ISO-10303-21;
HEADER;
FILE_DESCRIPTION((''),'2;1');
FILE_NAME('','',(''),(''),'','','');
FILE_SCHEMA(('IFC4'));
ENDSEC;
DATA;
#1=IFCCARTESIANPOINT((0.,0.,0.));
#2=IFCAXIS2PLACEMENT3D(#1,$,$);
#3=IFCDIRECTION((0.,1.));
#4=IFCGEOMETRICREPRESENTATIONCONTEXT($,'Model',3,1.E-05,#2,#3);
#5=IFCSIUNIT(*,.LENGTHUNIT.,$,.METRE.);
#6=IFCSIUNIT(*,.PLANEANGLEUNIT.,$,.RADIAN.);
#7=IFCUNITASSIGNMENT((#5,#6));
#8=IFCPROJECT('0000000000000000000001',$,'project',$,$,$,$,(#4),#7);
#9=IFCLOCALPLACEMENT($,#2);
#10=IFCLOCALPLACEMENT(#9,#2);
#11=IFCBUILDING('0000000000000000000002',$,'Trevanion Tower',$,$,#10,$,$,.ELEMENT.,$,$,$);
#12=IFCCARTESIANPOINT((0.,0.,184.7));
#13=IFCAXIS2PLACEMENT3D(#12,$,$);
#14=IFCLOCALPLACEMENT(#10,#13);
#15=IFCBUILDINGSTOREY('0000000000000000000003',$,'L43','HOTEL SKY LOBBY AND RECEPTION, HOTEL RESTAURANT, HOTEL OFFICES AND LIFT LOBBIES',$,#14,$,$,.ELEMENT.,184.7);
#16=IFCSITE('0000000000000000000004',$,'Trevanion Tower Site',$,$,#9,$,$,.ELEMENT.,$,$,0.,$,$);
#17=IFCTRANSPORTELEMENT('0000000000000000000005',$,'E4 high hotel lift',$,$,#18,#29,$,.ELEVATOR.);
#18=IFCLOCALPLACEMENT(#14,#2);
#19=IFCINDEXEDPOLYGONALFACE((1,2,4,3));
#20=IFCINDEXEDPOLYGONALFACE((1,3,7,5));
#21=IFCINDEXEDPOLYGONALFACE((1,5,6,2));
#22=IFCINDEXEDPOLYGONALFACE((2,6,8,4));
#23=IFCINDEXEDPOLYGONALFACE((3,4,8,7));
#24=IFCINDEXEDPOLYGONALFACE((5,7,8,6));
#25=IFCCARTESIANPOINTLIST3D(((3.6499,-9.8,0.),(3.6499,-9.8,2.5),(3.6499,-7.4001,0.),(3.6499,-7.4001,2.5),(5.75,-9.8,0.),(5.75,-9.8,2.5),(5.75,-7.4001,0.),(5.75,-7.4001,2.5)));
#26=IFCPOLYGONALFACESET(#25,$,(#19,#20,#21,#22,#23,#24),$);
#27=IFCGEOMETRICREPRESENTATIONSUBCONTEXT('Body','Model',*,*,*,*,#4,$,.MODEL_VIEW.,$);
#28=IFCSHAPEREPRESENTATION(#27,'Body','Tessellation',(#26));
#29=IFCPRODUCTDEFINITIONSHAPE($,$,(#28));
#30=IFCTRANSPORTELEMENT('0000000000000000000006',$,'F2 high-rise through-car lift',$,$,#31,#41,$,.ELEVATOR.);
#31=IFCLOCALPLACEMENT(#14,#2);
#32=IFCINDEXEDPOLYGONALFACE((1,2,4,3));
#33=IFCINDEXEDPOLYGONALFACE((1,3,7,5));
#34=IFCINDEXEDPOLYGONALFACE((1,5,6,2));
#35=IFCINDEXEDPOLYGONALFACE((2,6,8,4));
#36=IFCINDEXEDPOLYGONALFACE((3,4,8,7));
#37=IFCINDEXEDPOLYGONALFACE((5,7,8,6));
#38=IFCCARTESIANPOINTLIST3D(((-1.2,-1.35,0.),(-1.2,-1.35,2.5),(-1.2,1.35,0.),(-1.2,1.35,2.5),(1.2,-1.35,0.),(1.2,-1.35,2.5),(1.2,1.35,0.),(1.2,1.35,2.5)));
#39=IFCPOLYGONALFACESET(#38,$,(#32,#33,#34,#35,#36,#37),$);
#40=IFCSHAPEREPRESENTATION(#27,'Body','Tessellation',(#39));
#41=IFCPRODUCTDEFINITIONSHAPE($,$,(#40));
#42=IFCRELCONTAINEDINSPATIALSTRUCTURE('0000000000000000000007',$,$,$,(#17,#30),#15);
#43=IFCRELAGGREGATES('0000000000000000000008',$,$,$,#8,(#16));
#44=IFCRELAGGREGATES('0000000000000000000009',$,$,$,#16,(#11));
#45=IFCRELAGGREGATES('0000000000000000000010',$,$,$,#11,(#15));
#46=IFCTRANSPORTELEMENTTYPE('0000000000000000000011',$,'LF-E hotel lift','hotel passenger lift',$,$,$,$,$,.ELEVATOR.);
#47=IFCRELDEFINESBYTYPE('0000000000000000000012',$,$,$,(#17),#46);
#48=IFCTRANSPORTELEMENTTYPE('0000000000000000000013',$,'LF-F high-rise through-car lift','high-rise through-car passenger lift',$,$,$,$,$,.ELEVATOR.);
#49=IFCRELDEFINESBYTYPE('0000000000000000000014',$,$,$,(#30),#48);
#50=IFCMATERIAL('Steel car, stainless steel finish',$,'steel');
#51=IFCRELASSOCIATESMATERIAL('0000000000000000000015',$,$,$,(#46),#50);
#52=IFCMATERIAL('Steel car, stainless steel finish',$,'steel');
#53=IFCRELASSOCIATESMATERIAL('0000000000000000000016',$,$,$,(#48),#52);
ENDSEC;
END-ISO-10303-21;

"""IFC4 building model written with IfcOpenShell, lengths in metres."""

from ifc_helpers import new_model, si_unit, direction, frame, origin, origin_with_axes, origin_2d, place, context, subcontext, project, spatial, rectangle, extrude, material, type_object, element, save


model = new_model("IFC4")

# Units and contexts
model_context = context("Model", 3, precision=1e-05, world=origin(), true_north=direction((0.0, 1.0)))
body_context = subcontext(model_context, "Body", "Model", "MODEL_VIEW")
ifc_project = project(units=[si_unit("LENGTHUNIT", "METRE"), si_unit("PLANEANGLEUNIT", "RADIAN")], contexts=[model_context])

# Site, building, storey
site_placement = place(None, origin())
site = spatial("IfcSite", under=ifc_project, at=site_placement, Name="Trevanion Tower Site", CompositionType="ELEMENT", RefElevation=0.0)
building_placement = place(site_placement, origin())
building = spatial("IfcBuilding", under=site, at=building_placement, Name="Trevanion Tower", CompositionType="ELEMENT")
storey_placement = place(building_placement, frame((0.0, 0.0, 184.7)))
storey = spatial("IfcBuildingStorey", under=building, at=storey_placement, Name="L43", Description="HOTEL SKY LOBBY AND RECEPTION, HOTEL RESTAURANT, HOTEL OFFICES AND LIFT LOBBIES", CompositionType="ELEMENT", Elevation=184.7)

# Transport elements
ifc_material_1 = material(Name="Steel car, stainless steel finish", Category="steel")
transport_element_type_1 = type_object("IfcTransportElementType", Name="LF-E hotel lift", Description="hotel passenger lift", PredefinedType="ELEVATOR", material=ifc_material_1)
for number, where, z_axis, x_axis, name in (
    (1, (4.7, -8.6001, 0.0), (0.0, 0.0, 1.0), (1.0, 0.0, 0.0), "E4 high hotel lift"),
):
    element("IfcTransportElement", number, at=place(storey_placement, frame(where, z_axis=z_axis, x_axis=x_axis)), inside=storey, type_object=transport_element_type_1, Name=name, PredefinedType="ELEVATOR", context=body_context, shape_type="SweptSolid", body=[
        extrude(rectangle(XDim=2.1001, YDim=2.3999, at=origin_2d()), origin(), (0.0, 0.0, 1.0), 2.5),
    ])
ifc_material_2 = material(Name="Steel car, stainless steel finish", Category="steel")
transport_element_type_2 = type_object("IfcTransportElementType", Name="LF-F high-rise through-car lift", Description="high-rise through-car passenger lift", PredefinedType="ELEVATOR", material=ifc_material_2)
transport_element_placement = place(storey_placement, origin_with_axes())
element("IfcTransportElement", 2, at=transport_element_placement, inside=storey, type_object=transport_element_type_2, Name="F2 high-rise through-car lift", PredefinedType="ELEVATOR", context=body_context, shape_type="SweptSolid", body=[
    extrude(rectangle(XDim=2.3999, YDim=2.7, at=origin_2d()), origin(), (0.0, 0.0, 1.0), 2.5),
])

save(model, "model.ifc")
